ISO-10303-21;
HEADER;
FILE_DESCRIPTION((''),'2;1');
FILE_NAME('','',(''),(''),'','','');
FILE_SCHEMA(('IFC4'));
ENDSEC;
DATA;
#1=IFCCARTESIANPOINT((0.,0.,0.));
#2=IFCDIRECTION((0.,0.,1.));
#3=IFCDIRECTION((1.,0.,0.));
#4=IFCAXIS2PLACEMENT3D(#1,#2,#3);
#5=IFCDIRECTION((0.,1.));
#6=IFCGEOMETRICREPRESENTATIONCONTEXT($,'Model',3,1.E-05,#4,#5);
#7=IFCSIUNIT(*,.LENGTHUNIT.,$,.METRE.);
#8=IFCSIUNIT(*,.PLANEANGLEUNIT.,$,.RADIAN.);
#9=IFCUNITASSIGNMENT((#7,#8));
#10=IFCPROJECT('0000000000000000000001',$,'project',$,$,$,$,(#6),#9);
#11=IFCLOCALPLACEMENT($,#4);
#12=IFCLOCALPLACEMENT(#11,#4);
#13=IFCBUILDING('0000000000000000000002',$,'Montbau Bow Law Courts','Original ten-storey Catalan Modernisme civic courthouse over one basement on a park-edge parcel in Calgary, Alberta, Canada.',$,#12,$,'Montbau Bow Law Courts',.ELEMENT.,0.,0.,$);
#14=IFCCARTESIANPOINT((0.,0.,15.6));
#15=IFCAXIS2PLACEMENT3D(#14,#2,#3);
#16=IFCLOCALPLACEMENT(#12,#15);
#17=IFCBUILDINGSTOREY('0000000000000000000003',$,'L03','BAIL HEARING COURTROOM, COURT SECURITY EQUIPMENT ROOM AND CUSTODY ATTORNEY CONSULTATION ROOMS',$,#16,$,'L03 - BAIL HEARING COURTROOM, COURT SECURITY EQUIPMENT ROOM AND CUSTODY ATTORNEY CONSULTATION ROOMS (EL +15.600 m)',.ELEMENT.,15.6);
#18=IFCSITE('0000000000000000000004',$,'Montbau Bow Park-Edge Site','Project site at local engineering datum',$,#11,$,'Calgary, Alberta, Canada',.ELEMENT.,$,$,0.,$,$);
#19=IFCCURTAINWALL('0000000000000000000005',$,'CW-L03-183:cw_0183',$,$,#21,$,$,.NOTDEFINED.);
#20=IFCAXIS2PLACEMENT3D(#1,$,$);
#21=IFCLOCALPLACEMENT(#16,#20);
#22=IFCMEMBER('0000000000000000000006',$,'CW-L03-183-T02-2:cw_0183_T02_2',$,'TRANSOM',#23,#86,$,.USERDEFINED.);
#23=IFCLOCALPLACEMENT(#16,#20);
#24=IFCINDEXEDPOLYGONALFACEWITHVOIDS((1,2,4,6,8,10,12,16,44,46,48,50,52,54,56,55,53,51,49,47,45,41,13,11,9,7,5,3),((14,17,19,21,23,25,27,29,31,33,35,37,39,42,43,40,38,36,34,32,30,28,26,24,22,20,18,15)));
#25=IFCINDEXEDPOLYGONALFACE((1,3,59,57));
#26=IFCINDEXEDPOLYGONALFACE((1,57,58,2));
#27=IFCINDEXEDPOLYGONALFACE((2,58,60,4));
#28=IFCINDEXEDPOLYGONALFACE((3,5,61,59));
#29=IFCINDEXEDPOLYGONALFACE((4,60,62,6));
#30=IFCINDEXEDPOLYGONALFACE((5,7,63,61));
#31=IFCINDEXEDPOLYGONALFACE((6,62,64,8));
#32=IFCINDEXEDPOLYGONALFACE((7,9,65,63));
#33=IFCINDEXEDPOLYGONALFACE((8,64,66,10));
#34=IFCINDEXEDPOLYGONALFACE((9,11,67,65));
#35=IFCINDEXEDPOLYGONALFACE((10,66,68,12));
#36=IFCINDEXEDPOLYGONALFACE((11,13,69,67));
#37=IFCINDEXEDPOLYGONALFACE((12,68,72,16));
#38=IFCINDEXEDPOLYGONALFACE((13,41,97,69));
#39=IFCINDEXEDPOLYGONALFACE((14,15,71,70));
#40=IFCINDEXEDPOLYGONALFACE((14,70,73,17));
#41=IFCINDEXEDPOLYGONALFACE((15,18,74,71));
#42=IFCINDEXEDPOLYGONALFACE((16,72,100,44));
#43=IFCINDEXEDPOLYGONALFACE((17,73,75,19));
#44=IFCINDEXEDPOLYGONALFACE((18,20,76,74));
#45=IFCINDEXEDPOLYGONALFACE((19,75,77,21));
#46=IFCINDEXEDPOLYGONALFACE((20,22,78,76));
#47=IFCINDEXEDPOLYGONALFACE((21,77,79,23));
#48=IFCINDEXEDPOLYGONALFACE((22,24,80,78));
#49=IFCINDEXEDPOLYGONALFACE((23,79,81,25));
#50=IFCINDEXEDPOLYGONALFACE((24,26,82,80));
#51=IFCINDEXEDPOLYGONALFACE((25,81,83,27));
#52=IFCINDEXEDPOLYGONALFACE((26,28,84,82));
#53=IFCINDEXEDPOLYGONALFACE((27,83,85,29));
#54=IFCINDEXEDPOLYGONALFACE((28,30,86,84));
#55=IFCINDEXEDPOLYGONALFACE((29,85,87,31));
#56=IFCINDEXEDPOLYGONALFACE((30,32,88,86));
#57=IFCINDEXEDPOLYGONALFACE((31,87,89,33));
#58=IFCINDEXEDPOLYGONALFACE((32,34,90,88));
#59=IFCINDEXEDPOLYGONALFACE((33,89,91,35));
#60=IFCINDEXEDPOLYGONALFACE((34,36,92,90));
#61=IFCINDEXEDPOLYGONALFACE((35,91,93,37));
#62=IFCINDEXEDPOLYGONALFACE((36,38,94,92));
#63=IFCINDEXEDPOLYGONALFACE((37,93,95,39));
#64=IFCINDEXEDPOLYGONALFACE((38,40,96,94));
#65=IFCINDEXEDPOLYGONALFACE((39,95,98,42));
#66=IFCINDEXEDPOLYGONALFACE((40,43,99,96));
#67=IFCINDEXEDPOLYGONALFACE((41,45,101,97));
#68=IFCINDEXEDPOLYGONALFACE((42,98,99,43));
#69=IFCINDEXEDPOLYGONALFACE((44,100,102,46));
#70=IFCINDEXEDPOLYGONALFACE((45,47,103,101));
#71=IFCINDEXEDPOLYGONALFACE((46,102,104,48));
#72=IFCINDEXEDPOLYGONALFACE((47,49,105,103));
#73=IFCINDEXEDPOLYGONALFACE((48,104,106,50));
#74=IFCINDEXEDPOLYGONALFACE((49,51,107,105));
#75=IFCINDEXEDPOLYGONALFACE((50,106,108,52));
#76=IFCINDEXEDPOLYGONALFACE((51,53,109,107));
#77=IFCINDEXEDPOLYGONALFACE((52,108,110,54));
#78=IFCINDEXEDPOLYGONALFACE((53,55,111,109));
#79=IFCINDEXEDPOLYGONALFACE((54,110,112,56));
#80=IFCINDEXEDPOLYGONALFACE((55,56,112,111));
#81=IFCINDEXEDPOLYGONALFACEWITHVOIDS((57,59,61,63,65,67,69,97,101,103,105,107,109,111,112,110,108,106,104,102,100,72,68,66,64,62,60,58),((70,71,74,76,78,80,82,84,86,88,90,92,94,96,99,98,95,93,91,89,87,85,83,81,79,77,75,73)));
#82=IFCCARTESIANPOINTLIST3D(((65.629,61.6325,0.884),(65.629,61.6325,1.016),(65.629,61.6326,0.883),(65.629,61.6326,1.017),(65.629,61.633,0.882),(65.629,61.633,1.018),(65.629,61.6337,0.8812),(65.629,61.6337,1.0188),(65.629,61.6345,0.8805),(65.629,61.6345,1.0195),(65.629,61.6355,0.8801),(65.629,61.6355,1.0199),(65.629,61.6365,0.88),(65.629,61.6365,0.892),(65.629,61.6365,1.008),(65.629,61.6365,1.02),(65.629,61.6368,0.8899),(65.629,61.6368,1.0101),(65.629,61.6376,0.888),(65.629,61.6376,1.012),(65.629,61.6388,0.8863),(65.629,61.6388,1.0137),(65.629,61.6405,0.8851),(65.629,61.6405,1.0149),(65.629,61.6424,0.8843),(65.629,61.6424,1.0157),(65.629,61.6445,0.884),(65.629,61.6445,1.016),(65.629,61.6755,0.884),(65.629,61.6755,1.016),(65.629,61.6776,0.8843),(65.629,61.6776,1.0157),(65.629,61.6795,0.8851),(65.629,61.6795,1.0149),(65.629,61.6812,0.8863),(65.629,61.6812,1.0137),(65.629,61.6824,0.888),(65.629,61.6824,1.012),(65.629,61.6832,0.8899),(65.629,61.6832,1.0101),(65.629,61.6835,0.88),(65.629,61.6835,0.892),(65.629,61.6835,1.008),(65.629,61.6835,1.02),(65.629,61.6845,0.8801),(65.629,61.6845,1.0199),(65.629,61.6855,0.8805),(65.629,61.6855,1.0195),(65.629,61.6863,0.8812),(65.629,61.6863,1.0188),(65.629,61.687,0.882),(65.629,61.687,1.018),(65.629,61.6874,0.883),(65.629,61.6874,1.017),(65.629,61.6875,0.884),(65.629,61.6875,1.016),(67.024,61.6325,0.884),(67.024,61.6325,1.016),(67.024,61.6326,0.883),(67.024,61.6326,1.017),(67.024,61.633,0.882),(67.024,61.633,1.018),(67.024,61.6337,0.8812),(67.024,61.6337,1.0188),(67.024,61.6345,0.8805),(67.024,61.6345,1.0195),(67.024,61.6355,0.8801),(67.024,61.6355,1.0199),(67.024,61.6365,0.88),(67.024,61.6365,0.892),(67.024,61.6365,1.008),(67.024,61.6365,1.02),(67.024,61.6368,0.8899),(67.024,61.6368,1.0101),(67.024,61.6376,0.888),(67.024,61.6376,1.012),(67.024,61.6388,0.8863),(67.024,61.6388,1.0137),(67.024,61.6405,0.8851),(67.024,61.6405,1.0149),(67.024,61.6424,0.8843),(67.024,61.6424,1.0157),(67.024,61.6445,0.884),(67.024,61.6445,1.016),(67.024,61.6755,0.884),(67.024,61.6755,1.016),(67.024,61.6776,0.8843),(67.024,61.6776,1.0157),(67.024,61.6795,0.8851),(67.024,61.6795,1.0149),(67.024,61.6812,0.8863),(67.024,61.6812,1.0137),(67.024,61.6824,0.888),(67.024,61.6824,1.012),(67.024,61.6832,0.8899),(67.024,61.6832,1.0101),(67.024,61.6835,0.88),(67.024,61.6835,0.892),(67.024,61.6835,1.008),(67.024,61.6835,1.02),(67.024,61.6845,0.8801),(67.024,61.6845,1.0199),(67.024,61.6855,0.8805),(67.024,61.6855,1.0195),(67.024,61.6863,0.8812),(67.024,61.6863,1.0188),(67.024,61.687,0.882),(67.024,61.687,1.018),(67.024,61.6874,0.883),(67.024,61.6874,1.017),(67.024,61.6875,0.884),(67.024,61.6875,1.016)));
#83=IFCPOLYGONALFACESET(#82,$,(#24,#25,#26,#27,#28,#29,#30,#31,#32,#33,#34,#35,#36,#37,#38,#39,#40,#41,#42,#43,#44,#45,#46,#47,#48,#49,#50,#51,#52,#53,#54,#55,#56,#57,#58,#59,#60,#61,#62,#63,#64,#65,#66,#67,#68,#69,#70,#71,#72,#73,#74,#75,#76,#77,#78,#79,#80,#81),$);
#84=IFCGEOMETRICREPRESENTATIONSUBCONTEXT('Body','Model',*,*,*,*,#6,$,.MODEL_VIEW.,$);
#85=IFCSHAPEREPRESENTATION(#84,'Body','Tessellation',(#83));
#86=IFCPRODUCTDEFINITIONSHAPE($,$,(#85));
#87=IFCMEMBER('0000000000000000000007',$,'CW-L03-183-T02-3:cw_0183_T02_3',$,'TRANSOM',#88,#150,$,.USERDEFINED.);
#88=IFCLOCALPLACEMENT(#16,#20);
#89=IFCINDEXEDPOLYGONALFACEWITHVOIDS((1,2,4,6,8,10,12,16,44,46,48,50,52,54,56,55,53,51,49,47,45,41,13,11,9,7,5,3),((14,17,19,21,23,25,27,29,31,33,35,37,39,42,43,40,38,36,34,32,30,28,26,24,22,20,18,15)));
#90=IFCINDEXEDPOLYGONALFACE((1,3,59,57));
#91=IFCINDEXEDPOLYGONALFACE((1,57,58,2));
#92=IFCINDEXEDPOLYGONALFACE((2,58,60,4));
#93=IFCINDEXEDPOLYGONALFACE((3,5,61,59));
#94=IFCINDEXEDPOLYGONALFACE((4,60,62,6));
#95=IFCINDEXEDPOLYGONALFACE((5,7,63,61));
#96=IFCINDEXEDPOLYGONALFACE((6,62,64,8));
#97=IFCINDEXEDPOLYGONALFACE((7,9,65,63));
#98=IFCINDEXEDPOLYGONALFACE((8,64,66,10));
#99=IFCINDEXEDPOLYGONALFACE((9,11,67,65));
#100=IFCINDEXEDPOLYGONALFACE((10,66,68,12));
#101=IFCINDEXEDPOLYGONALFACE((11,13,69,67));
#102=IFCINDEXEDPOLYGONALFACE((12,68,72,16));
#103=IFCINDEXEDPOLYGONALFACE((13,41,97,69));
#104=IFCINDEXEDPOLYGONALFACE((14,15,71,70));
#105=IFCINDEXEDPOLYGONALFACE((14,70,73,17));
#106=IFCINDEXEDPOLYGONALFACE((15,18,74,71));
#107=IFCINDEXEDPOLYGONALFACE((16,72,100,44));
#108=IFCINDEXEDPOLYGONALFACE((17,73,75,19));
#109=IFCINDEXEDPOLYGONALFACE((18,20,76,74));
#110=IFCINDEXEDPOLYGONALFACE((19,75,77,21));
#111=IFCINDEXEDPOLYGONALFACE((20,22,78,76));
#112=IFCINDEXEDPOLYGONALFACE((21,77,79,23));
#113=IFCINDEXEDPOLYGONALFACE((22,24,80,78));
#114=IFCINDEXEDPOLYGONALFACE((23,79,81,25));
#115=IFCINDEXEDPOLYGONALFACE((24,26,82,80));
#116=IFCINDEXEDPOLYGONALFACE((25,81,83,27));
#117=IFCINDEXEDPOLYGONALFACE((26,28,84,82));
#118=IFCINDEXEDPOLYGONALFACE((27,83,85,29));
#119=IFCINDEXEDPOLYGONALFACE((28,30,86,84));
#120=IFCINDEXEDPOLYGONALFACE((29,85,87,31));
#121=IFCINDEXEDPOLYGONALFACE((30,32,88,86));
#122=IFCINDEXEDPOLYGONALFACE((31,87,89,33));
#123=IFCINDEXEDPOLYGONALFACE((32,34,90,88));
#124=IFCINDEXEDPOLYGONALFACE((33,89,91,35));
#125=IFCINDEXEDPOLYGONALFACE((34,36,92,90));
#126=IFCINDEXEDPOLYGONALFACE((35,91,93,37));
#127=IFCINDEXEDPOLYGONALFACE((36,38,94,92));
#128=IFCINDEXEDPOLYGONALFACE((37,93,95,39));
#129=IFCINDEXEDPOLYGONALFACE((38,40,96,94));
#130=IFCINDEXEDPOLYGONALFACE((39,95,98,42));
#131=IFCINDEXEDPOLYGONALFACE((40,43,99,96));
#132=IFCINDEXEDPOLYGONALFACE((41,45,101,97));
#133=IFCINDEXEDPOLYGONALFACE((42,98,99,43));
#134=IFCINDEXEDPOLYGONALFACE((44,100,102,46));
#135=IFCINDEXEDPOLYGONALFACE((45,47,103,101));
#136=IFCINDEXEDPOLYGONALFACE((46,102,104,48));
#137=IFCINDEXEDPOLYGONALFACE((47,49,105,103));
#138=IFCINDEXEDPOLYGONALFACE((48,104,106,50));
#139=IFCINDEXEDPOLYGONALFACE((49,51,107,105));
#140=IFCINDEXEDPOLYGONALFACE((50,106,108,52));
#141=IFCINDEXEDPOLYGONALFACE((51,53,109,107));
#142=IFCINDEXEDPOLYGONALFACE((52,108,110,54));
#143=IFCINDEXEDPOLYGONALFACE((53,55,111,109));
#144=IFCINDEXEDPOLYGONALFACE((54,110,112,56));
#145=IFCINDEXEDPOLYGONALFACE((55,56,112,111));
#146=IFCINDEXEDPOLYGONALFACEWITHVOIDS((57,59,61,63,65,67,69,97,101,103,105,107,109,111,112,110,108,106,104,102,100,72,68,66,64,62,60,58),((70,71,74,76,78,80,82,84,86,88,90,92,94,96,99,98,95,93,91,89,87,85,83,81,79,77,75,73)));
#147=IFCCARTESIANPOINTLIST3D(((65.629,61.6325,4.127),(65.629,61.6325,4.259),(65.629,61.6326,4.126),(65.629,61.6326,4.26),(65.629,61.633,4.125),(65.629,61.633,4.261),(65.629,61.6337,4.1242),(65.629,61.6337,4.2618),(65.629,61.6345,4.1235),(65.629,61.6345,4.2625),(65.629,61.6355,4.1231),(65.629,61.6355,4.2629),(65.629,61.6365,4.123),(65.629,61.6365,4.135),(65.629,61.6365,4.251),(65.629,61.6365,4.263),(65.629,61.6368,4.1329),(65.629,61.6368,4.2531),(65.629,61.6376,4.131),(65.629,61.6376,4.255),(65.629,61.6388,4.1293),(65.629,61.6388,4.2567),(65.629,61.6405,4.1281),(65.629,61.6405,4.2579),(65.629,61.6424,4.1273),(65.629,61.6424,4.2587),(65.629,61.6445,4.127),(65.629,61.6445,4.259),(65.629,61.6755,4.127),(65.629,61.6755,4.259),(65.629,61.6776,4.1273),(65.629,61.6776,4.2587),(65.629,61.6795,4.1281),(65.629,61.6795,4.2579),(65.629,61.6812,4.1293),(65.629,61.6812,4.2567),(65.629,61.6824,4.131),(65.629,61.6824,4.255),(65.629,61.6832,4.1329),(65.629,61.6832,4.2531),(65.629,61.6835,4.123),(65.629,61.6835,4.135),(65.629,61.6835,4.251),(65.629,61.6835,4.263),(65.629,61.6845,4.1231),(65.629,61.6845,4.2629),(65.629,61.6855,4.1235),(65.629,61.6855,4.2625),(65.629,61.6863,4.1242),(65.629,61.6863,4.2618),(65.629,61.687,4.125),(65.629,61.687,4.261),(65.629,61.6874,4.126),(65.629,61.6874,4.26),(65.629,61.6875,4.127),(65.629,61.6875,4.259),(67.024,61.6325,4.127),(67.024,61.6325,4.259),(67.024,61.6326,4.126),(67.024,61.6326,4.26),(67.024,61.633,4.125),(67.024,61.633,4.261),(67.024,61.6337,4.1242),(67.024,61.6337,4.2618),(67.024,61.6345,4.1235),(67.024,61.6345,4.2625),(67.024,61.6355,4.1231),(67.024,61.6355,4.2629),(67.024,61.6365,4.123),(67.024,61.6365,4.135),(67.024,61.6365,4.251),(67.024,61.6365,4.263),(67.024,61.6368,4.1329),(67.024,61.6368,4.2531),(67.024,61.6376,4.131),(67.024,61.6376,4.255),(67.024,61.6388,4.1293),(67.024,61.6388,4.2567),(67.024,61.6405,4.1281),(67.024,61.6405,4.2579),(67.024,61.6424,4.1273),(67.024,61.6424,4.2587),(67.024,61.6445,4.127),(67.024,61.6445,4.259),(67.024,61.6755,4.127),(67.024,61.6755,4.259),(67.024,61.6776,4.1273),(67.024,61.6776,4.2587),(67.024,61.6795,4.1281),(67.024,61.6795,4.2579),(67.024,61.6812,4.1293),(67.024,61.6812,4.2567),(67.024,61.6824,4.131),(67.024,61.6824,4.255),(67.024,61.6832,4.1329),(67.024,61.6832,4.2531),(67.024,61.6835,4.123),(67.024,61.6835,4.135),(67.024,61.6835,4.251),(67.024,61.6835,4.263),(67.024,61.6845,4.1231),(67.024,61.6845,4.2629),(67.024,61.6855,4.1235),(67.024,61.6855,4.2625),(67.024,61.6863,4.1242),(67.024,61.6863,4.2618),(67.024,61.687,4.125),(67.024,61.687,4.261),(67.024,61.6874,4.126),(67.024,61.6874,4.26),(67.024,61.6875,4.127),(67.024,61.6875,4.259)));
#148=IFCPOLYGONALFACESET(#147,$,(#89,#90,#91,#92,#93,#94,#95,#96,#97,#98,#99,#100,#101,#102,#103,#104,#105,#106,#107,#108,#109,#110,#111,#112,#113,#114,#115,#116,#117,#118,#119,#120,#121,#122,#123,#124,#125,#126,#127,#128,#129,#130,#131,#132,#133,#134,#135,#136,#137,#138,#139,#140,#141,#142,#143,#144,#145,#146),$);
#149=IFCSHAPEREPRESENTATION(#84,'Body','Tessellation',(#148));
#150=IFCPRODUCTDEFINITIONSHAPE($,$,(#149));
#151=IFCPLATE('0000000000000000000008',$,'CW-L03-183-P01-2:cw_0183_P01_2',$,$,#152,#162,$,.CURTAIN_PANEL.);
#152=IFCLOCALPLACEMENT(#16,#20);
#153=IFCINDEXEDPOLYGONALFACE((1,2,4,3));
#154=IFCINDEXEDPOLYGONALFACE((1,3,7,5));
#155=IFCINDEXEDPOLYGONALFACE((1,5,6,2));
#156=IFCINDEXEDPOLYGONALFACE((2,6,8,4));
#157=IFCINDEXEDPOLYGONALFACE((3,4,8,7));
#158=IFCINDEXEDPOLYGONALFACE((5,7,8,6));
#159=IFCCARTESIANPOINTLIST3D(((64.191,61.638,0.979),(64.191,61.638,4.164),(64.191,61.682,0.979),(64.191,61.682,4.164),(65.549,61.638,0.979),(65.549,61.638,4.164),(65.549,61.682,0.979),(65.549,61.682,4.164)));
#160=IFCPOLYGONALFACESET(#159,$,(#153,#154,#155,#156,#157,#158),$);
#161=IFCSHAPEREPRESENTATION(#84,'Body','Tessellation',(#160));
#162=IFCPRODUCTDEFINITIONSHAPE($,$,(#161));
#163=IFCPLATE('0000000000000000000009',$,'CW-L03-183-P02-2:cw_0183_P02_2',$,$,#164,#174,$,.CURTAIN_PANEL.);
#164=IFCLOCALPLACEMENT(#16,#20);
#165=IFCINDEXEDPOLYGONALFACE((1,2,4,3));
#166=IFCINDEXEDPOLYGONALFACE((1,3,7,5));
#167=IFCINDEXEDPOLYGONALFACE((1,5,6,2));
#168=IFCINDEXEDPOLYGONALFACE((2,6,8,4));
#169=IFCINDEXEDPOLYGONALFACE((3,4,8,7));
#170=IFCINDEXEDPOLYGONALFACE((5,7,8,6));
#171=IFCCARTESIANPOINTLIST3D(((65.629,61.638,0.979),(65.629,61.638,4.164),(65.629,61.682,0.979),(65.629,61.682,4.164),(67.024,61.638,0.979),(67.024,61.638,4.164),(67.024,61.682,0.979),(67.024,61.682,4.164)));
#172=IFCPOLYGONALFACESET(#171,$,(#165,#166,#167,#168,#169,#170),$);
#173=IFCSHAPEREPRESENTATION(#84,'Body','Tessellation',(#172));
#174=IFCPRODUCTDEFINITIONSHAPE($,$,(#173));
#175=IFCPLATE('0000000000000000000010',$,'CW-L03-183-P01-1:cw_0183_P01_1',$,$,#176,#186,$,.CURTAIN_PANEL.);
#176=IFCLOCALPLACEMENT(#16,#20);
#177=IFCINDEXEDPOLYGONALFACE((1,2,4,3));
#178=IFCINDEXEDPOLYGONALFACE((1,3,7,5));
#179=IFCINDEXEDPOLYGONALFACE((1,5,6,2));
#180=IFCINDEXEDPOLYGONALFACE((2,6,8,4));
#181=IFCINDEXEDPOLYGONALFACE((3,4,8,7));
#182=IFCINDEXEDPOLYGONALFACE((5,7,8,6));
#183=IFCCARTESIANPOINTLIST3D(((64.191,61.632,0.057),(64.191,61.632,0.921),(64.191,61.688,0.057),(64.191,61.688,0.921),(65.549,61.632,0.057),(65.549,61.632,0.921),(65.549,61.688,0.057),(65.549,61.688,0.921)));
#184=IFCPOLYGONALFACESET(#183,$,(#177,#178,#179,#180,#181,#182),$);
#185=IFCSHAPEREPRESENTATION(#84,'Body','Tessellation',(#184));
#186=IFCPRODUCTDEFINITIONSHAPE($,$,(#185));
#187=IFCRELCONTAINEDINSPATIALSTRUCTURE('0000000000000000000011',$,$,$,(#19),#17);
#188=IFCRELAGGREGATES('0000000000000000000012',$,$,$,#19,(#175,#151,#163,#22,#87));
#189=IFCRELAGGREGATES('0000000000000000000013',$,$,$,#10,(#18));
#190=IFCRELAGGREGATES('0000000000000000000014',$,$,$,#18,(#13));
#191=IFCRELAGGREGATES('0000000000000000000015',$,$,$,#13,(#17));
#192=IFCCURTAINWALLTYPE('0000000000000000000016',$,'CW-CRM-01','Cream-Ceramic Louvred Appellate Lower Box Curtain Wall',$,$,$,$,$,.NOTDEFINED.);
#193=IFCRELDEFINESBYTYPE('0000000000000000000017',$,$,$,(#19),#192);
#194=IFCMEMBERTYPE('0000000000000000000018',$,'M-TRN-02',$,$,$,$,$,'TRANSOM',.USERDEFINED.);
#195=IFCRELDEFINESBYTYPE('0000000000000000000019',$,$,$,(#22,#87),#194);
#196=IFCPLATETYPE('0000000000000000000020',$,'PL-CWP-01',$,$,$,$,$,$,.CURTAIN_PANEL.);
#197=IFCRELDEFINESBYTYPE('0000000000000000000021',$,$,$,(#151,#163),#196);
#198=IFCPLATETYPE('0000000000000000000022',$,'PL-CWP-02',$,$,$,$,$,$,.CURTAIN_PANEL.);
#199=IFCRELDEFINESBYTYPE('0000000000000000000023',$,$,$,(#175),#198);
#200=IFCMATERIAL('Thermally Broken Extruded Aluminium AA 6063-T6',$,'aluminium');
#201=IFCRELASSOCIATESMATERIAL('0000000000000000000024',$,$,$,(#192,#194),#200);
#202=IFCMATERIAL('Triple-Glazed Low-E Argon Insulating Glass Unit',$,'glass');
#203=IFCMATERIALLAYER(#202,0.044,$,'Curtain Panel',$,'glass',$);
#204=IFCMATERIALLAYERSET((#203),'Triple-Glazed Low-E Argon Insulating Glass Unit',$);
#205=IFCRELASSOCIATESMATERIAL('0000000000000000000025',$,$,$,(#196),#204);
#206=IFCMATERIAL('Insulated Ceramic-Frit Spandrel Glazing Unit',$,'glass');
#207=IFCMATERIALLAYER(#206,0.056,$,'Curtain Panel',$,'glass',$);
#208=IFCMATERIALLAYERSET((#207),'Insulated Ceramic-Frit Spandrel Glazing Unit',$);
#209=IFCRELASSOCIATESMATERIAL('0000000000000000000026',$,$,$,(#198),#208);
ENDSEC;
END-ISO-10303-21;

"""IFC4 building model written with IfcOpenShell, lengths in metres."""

from ifc_helpers import new_model, si_unit, direction, frame, frame_2d, origin_with_axes, origin_2d_with_axis, place, context, subcontext, project, spatial, rectangle, hollow_rectangle, extrude, material, layer, layer_set, material_profile, profile_set, type_object, element, aggregate, save


model = new_model("IFC4")

# Units and contexts
model_context = context("Model", 3, precision=1e-05, world=origin_with_axes(), true_north=direction((0.0, 1.0)))
body_context = subcontext(model_context, "Body", "Model", "MODEL_VIEW")
ifc_project = project(units=[si_unit("LENGTHUNIT", "METRE"), si_unit("PLANEANGLEUNIT", "RADIAN")], contexts=[model_context])

# Site, building, storey
site_placement = place(None, origin_with_axes())
site = spatial("IfcSite", under=ifc_project, at=site_placement, Name="Montbau Bow Park-Edge Site", Description="Project site at local engineering datum", LongName="Calgary, Alberta, Canada", CompositionType="ELEMENT", RefElevation=0.0)
building_placement = place(site_placement, origin_with_axes())
building = spatial("IfcBuilding", under=site, at=building_placement, Name="Montbau Bow Law Courts", Description="Original ten-storey Catalan Modernisme civic courthouse over one basement on a park-edge parcel in Calgary, Alberta, Canada.", LongName="Montbau Bow Law Courts", CompositionType="ELEMENT", ElevationOfRefHeight=0.0, ElevationOfTerrain=0.0)
storey_placement = place(building_placement, frame((0.0, 0.0, 15.6), z_axis=(0.0, 0.0, 1.0), x_axis=(1.0, 0.0, 0.0)))
storey = spatial("IfcBuildingStorey", under=building, at=storey_placement, Name="L03", Description="BAIL HEARING COURTROOM, COURT SECURITY EQUIPMENT ROOM AND CUSTODY ATTORNEY CONSULTATION ROOMS", LongName="L03 - BAIL HEARING COURTROOM, COURT SECURITY EQUIPMENT ROOM AND CUSTODY ATTORNEY CONSULTATION ROOMS (EL +15.600 m)", CompositionType="ELEMENT", Elevation=15.6)

# Curtain wall
ifc_material_1 = material(Name="Thermally Broken Extruded Aluminium AA 6063-T6", Category="aluminium")
curtain_wall_type = type_object("IfcCurtainWallType", Name="CW-CRM-01", Description="Cream-Ceramic Louvred Appellate Lower Box Curtain Wall", PredefinedType="NOTDEFINED", material=ifc_material_1)
curtain_wall_1_placement = place(None, frame((64.115, 61.66, 15.6), z_axis=(0.0, 0.0, 1.0), x_axis=(1.0, 0.0, 0.0)))
curtain_wall_1 = element("IfcCurtainWall", 1, at=curtain_wall_1_placement, inside=storey, type_object=curtain_wall_type, Name="CW-L03-183:cw_0183", PredefinedType="NOTDEFINED")

# Members
ifc_material_profile_1 = material_profile(ifc_material_1, hollow_rectangle(XDim=0.055, YDim=0.14, WallThickness=0.004, InnerFilletRadius=0.008, OuterFilletRadius=0.004, at=origin_2d_with_axis()), Name="CWT-140X55", Category="Main", Priority=0)
ifc_profile_set_1 = profile_set([ifc_material_profile_1], Name="Thermally Broken Extruded Aluminium AA 6063-T6")
member_type_1 = type_object("IfcMemberType", Name="M-TRN-02", ElementType="TRANSOM", PredefinedType="USERDEFINED", material=ifc_profile_set_1)
member_1_placement = place(None, frame((65.629, 61.66, 16.55), z_axis=(1.0, 0.0, 0.0), x_axis=(0.0, 1.0, 0.0)))
member_1 = element("IfcMember", 2, at=member_1_placement, type_object=member_type_1, Name="CW-L03-183-T02-2:cw_0183_T02_2", ObjectType="TRANSOM", PredefinedType="USERDEFINED", context=body_context, shape_type="SweptSolid", body=[
    extrude(hollow_rectangle(XDim=0.055, YDim=0.14, WallThickness=0.004, InnerFilletRadius=0.008, OuterFilletRadius=0.004, at=origin_2d_with_axis()), origin_with_axes(), (0.0, 0.0, 1.0), 1.395),
])
member_2_placement = place(None, frame((65.629, 61.66, 19.793), z_axis=(1.0, 0.0, 0.0), x_axis=(0.0, 1.0, 0.0)))
member_2 = element("IfcMember", 3, at=member_2_placement, type_object=member_type_1, Name="CW-L03-183-T02-3:cw_0183_T02_3", ObjectType="TRANSOM", PredefinedType="USERDEFINED", context=body_context, shape_type="SweptSolid", body=[
    extrude(hollow_rectangle(XDim=0.055, YDim=0.14, WallThickness=0.004, InnerFilletRadius=0.008, OuterFilletRadius=0.004, at=origin_2d_with_axis()), origin_with_axes(), (0.0, 0.0, 1.0), 1.395),
])

# Plates
ifc_material_2 = material(Name="Triple-Glazed Low-E Argon Insulating Glass Unit", Category="glass")
ifc_layer_1 = layer(ifc_material_2, 0.044, Name="Curtain Panel", Category="glass")
ifc_layer_set_1 = layer_set([ifc_layer_1], Name="Triple-Glazed Low-E Argon Insulating Glass Unit")
plate_type_1 = type_object("IfcPlateType", Name="PL-CWP-01", PredefinedType="CURTAIN_PANEL", material=ifc_layer_set_1)
plate_1_placement = place(None, frame((64.191, 61.66, 16.579), z_axis=(0.0, -1.0, 0.0), x_axis=(1.0, 0.0, 0.0)))
plate_1 = element("IfcPlate", 4, at=plate_1_placement, type_object=plate_type_1, Name="CW-L03-183-P01-2:cw_0183_P01_2", PredefinedType="CURTAIN_PANEL", context=body_context, shape_type="SweptSolid", body=[
    extrude(rectangle(XDim=1.358, YDim=3.185, at=frame_2d((0.679, 1.5925), x_axis=(1.0, 0.0))), frame((0.0, 0.0, -0.022), z_axis=(0.0, 0.0, 1.0), x_axis=(1.0, 0.0, 0.0)), (0.0, 0.0, 1.0), 0.044),
])
plate_2_placement = place(None, frame((65.629, 61.66, 16.579), z_axis=(0.0, -1.0, 0.0), x_axis=(1.0, 0.0, 0.0)))
plate_2 = element("IfcPlate", 5, at=plate_2_placement, type_object=plate_type_1, Name="CW-L03-183-P02-2:cw_0183_P02_2", PredefinedType="CURTAIN_PANEL", context=body_context, shape_type="SweptSolid", body=[
    extrude(rectangle(XDim=1.395, YDim=3.185, at=frame_2d((0.6975, 1.5925), x_axis=(1.0, 0.0))), frame((0.0, 0.0, -0.022), z_axis=(0.0, 0.0, 1.0), x_axis=(1.0, 0.0, 0.0)), (0.0, 0.0, 1.0), 0.044),
])
ifc_material_3 = material(Name="Insulated Ceramic-Frit Spandrel Glazing Unit", Category="glass")
ifc_layer_2 = layer(ifc_material_3, 0.056, Name="Curtain Panel", Category="glass")
ifc_layer_set_2 = layer_set([ifc_layer_2], Name="Insulated Ceramic-Frit Spandrel Glazing Unit")
plate_type_2 = type_object("IfcPlateType", Name="PL-CWP-02", PredefinedType="CURTAIN_PANEL", material=ifc_layer_set_2)
plate_3_placement = place(None, frame((64.191, 61.66, 15.657), z_axis=(0.0, -1.0, 0.0), x_axis=(1.0, 0.0, 0.0)))
plate_3 = element("IfcPlate", 6, at=plate_3_placement, type_object=plate_type_2, Name="CW-L03-183-P01-1:cw_0183_P01_1", PredefinedType="CURTAIN_PANEL", context=body_context, shape_type="SweptSolid", body=[
    extrude(rectangle(XDim=1.358, YDim=0.864, at=frame_2d((0.679, 0.432), x_axis=(1.0, 0.0))), frame((0.0, 0.0, -0.028), z_axis=(0.0, 0.0, 1.0), x_axis=(1.0, 0.0, 0.0)), (0.0, 0.0, 1.0), 0.056),
])
aggregate(curtain_wall_1, [plate_3, plate_1, plate_2, member_1, member_2])

save(model, "model.ifc")
